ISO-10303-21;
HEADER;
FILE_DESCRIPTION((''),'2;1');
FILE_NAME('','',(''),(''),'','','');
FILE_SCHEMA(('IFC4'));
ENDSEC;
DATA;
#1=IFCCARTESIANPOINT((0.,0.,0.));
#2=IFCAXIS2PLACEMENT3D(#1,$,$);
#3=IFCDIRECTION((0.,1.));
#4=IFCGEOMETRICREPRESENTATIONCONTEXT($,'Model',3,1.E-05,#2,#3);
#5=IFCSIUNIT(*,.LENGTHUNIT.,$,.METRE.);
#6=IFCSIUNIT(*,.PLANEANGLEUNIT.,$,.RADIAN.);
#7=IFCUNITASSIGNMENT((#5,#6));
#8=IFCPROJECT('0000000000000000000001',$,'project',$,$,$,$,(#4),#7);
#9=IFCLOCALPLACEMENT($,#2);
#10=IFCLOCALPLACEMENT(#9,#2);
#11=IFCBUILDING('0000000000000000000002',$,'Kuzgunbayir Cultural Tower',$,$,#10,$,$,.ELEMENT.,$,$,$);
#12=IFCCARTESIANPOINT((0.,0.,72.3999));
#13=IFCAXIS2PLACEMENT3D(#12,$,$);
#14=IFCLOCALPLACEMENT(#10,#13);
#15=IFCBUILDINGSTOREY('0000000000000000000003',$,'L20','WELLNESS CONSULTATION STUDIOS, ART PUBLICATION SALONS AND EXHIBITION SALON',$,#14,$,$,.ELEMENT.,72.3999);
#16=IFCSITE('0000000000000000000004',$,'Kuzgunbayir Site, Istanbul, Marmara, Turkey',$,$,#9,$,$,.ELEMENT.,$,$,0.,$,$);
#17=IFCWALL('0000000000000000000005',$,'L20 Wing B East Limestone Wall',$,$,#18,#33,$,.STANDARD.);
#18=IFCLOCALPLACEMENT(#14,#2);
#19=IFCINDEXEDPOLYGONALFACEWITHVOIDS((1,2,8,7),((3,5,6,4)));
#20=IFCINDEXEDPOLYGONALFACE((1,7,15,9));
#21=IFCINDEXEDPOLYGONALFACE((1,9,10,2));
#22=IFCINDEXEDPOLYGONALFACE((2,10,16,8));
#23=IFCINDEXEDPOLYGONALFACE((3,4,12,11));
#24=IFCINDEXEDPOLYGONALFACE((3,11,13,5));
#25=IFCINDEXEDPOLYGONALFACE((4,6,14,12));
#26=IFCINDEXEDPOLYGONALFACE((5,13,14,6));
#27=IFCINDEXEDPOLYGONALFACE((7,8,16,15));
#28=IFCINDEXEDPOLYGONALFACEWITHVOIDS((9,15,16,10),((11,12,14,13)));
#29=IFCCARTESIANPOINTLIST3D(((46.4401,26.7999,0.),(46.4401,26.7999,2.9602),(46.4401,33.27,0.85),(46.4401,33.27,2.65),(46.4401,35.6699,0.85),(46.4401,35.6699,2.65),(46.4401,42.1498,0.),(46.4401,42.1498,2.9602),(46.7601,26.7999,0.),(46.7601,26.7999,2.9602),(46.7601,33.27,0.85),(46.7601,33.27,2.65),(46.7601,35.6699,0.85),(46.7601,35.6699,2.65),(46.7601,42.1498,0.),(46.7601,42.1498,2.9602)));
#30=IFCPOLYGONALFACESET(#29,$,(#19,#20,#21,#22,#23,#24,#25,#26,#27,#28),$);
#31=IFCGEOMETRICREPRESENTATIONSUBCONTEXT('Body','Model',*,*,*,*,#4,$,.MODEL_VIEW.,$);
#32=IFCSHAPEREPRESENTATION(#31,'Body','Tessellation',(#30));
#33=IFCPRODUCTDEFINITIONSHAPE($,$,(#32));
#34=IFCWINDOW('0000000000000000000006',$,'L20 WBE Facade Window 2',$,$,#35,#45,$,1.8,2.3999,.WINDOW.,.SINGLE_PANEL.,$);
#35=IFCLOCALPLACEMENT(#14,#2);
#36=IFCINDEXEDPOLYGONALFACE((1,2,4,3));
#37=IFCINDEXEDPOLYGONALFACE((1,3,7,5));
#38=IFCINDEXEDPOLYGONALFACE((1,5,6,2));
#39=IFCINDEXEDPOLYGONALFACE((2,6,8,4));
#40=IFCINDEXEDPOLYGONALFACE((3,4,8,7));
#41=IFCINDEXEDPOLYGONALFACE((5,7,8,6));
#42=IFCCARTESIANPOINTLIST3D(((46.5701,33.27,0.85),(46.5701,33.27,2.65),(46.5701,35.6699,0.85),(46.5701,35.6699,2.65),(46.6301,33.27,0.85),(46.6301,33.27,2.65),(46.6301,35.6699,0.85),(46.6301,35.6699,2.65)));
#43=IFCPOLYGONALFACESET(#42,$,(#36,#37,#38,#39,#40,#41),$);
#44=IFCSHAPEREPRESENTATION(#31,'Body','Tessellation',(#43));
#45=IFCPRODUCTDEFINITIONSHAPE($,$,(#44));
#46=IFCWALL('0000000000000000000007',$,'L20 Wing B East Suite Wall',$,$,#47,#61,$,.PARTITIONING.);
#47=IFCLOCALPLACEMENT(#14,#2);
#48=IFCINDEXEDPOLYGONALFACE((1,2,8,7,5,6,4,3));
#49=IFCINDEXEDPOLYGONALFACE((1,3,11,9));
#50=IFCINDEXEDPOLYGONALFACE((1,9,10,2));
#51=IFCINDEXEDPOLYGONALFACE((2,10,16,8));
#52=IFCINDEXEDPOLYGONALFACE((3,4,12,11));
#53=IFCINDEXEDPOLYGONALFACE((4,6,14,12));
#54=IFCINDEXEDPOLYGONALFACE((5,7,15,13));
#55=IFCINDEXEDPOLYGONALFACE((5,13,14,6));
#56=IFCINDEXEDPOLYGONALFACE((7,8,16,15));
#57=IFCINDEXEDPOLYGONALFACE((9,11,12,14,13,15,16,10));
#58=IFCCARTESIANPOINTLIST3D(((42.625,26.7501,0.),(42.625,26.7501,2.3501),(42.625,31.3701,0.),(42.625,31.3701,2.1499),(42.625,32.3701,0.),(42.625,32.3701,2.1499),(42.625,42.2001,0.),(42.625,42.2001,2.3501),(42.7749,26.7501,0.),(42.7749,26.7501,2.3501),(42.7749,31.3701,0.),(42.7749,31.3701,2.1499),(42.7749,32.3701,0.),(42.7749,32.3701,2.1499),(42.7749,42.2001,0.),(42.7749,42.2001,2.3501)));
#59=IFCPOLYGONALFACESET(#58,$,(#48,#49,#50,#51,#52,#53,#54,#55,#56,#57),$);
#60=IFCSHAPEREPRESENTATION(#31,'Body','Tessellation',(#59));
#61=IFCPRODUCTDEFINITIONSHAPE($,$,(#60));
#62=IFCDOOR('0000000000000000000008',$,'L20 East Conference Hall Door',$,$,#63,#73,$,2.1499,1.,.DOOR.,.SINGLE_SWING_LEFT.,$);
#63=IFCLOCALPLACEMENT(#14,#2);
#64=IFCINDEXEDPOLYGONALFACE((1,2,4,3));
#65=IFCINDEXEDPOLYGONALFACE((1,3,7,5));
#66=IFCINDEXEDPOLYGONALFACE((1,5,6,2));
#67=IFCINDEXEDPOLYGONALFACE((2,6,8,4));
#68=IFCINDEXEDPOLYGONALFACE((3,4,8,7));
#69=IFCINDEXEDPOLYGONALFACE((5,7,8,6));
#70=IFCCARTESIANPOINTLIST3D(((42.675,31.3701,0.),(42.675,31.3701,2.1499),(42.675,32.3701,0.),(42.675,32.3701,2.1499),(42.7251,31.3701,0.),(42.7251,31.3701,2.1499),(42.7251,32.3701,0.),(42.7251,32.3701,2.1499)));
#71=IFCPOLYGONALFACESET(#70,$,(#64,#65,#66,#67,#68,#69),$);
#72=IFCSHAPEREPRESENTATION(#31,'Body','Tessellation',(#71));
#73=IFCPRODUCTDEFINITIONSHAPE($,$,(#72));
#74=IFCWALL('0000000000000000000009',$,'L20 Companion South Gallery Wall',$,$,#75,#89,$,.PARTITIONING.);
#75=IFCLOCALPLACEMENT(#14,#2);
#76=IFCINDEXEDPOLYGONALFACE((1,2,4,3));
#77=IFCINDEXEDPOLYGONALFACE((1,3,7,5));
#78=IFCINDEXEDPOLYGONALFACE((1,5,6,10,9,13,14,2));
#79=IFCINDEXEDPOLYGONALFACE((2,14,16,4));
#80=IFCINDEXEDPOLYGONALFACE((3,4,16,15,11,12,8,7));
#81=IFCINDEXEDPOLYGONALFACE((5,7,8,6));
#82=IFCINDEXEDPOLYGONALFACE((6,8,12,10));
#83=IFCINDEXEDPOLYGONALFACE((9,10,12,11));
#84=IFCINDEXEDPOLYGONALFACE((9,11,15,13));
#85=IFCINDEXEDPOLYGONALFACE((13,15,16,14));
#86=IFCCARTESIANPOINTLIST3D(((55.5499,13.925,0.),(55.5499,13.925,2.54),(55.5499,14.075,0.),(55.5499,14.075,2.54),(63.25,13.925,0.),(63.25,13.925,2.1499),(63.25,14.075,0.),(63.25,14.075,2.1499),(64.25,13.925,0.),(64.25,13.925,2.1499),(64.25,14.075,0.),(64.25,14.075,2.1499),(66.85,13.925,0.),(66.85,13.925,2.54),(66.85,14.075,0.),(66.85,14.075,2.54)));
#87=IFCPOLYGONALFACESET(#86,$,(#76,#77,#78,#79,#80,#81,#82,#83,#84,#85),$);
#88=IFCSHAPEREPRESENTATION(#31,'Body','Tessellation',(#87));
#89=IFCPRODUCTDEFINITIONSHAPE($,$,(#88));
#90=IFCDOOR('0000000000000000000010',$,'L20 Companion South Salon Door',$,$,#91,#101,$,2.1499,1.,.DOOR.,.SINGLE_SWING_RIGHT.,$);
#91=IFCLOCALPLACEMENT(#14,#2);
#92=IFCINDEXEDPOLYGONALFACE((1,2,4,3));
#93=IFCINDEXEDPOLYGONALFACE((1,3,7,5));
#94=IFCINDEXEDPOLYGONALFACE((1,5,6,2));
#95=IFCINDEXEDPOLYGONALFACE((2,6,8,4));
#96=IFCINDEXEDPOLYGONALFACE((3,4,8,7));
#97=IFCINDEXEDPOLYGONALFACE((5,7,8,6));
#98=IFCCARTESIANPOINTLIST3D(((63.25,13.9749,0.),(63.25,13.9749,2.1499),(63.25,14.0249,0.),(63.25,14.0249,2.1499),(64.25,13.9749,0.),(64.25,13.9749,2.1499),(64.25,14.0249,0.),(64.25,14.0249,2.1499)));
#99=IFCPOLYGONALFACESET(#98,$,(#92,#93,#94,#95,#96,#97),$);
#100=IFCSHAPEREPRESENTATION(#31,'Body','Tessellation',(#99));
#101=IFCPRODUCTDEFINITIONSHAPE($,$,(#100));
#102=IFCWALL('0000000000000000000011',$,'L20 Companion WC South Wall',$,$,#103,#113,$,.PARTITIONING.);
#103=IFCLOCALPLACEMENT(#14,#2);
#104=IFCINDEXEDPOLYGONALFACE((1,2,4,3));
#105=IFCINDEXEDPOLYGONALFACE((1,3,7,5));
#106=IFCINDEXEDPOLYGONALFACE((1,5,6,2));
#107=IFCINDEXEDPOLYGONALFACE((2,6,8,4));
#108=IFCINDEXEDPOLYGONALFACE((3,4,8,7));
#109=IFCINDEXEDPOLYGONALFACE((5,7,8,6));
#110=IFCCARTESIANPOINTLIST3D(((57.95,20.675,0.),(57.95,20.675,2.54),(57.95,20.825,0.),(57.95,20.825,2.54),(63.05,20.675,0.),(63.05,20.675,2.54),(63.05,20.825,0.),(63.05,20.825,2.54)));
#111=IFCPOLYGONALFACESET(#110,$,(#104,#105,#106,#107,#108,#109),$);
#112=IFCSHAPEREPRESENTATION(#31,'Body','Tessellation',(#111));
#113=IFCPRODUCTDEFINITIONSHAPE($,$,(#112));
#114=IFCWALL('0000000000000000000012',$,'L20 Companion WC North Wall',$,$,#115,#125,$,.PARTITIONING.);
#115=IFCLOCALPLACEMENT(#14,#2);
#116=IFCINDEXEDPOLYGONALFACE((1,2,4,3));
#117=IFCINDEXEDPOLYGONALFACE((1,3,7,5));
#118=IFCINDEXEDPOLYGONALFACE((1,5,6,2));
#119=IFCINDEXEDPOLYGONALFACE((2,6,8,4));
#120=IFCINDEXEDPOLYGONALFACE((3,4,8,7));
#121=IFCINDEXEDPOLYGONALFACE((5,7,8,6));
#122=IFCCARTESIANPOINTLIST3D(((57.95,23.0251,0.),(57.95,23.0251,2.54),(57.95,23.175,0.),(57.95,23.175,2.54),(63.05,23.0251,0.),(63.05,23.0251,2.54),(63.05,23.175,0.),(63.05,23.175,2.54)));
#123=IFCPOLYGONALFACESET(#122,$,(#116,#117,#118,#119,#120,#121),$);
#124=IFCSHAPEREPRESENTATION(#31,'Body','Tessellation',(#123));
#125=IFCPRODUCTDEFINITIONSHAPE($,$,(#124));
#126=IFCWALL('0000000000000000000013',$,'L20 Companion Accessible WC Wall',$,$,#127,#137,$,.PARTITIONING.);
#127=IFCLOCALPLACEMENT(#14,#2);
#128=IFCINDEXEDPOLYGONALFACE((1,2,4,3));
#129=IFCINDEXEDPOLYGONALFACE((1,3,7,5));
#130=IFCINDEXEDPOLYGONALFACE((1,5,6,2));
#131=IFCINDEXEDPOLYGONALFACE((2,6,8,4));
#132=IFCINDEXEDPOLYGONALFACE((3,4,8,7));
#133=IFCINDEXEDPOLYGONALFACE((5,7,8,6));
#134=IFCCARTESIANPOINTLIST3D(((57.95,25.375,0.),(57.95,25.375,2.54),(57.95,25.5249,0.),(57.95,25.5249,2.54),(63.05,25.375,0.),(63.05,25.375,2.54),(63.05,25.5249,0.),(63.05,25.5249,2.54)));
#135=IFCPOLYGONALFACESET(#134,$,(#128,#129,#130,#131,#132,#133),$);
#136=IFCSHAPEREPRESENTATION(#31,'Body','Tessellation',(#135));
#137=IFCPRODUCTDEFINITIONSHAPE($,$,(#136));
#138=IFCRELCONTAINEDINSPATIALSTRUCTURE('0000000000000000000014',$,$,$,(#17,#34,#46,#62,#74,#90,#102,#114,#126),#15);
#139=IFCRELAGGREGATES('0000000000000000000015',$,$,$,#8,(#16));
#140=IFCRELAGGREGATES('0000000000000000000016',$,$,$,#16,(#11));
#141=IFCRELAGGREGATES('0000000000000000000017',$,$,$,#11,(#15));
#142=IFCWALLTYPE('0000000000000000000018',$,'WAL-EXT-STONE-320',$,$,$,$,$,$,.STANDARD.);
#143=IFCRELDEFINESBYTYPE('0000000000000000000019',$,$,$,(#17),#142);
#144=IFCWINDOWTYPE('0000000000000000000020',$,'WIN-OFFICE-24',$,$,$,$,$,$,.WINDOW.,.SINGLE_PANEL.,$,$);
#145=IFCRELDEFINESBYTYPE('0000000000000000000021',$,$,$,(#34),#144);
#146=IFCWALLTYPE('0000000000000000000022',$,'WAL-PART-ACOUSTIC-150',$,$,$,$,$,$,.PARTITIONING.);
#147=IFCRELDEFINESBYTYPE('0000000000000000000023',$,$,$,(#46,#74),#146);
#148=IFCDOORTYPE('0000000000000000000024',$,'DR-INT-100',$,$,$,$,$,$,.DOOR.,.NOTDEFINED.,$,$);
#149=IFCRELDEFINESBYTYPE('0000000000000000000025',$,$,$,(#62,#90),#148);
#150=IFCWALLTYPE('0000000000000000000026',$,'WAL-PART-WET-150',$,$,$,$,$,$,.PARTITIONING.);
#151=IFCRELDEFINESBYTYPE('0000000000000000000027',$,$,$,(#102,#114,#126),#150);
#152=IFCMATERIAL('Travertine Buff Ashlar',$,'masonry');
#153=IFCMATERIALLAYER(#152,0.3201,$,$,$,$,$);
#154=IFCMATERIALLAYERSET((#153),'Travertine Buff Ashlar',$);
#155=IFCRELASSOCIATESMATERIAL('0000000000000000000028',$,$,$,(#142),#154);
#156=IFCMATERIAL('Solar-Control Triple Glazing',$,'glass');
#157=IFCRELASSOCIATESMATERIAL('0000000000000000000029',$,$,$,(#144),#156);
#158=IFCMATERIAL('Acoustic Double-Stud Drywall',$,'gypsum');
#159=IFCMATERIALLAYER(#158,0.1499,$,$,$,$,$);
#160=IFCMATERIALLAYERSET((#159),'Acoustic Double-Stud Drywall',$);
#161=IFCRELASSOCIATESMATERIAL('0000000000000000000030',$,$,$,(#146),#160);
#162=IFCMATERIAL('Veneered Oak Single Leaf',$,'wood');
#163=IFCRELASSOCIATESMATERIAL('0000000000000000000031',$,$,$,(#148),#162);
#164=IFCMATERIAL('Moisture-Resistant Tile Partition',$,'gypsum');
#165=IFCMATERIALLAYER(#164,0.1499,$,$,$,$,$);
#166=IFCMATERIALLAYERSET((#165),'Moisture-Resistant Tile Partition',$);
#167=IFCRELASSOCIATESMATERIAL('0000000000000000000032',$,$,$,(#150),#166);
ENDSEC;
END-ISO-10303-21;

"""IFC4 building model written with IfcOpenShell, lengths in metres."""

from ifc_helpers import new_model, si_unit, direction, frame, frame_2d, origin, place, context, subcontext, project, spatial, rectangle, extrude, material, layer, layer_set, type_object, element, fill, save


model = new_model("IFC4")

# Units and contexts
model_context = context("Model", 3, precision=1e-05, world=origin(), true_north=direction((0.0, 1.0)))
body_context = subcontext(model_context, "Body", "Model", "MODEL_VIEW")
ifc_project = project(units=[si_unit("LENGTHUNIT", "METRE"), si_unit("PLANEANGLEUNIT", "RADIAN")], contexts=[model_context])

# Site, building, storey
site_placement = place(None, origin())
site = spatial("IfcSite", under=ifc_project, at=site_placement, Name="Kuzgunbayir Site, Istanbul, Marmara, Turkey", CompositionType="ELEMENT", RefElevation=0.0)
building_placement = place(site_placement, origin())
building = spatial("IfcBuilding", under=site, at=building_placement, Name="Kuzgunbayir Cultural Tower", CompositionType="ELEMENT")
storey_placement = place(building_placement, frame((0.0, 0.0, 72.3999)))
storey = spatial("IfcBuildingStorey", under=building, at=storey_placement, Name="L20", Description="WELLNESS CONSULTATION STUDIOS, ART PUBLICATION SALONS AND EXHIBITION SALON", CompositionType="ELEMENT", Elevation=72.3999)

# Shared definitions
ifc_material_1 = material(Name="Solar-Control Triple Glazing", Category="glass")

# Wall, opening, window
ifc_material_2 = material(Name="Travertine Buff Ashlar", Category="masonry")
ifc_layer_1 = layer(ifc_material_2, 0.3201)
ifc_layer_set_1 = layer_set([ifc_layer_1], Name="Travertine Buff Ashlar")
wall_type_1 = type_object("IfcWallType", Name="WAL-EXT-STONE-320", PredefinedType="STANDARD", material=ifc_layer_set_1)
wall_1_placement = place(storey_placement, frame((46.6001, 26.8, 0.0), z_axis=(0.0, 0.0, 1.0), x_axis=(0.0, 1.0, 0.0)))
wall_1 = element("IfcWall", 1, at=wall_1_placement, inside=storey, type_object=wall_type_1, Name="L20 Wing B East Limestone Wall", PredefinedType="STANDARD", context=body_context, shape_type="SweptSolid", body=[
    extrude(rectangle(XDim=15.3499, YDim=0.3201, at=frame_2d((7.6748, 0.0))), origin(), (0.0, 0.0, 1.0), 2.9602),
])
opening_1_placement = place(wall_1_placement, frame((6.47, 0.0, 0.8501)))
opening_1 = element("IfcOpeningElement", 2, at=opening_1_placement, cuts=wall_1, PredefinedType="OPENING", context=body_context, shape_type="SweptSolid", body=[
    extrude(rectangle(XDim=2.3999, YDim=1.8, at=frame_2d((1.2, 0.8999))), frame((0.0, 0.1699, 0.0), z_axis=(0.0, -1.0, 0.0), x_axis=(1.0, 0.0, 0.0)), (0.0, 0.0, 1.0), 0.3401),
])
window_type_1 = type_object("IfcWindowType", Name="WIN-OFFICE-24", PartitioningType="SINGLE_PANEL", PredefinedType="WINDOW", material=ifc_material_1)
window_1_placement = place(opening_1_placement, origin())
window_1 = element("IfcWindow", 3, at=window_1_placement, inside=storey, type_object=window_type_1, Name="L20 WBE Facade Window 2", OverallHeight=1.8, OverallWidth=2.3999, PartitioningType="SINGLE_PANEL", PredefinedType="WINDOW", context=body_context, shape_type="SweptSolid", body=[
    extrude(rectangle(XDim=2.3999, YDim=1.8, at=frame_2d((1.2, 0.8999))), frame((0.0, 0.03, 0.0), z_axis=(0.0, -1.0, 0.0), x_axis=(1.0, 0.0, 0.0)), (0.0, 0.0, 1.0), 0.0601),
])
fill(opening_1, window_1)

# Walls, openings, doors
ifc_material_3 = material(Name="Acoustic Double-Stud Drywall", Category="gypsum")
ifc_layer_2 = layer(ifc_material_3, 0.1499)
ifc_layer_set_2 = layer_set([ifc_layer_2], Name="Acoustic Double-Stud Drywall")
wall_type_2 = type_object("IfcWallType", Name="WAL-PART-ACOUSTIC-150", PredefinedType="PARTITIONING", material=ifc_layer_set_2)
wall_2_placement = place(storey_placement, frame((42.7, 26.75, 0.0), z_axis=(0.0, 0.0, 1.0), x_axis=(0.0, 1.0, 0.0)))
wall_2 = element("IfcWall", 4, at=wall_2_placement, inside=storey, type_object=wall_type_2, Name="L20 Wing B East Suite Wall", PredefinedType="PARTITIONING", context=body_context, shape_type="SweptSolid", body=[
    extrude(rectangle(XDim=15.45, YDim=0.1499, at=frame_2d((7.7251, 0.0))), origin(), (0.0, 0.0, 1.0), 2.3501),
])
opening_2_placement = place(wall_2_placement, frame((4.6201, 0.0, 0.0)))
opening_2 = element("IfcOpeningElement", 5, at=opening_2_placement, cuts=wall_2, PredefinedType="OPENING", context=body_context, shape_type="SweptSolid", body=[
    extrude(rectangle(XDim=1.0, YDim=2.1499, at=frame_2d((0.5, 1.075))), frame((0.0, 0.085, 0.0), z_axis=(0.0, -1.0, 0.0), x_axis=(1.0, 0.0, 0.0)), (0.0, 0.0, 1.0), 0.1699),
])
ifc_material_4 = material(Name="Veneered Oak Single Leaf", Category="wood")
door_type = type_object("IfcDoorType", Name="DR-INT-100", OperationType="NOTDEFINED", PredefinedType="DOOR", material=ifc_material_4)
door_1_placement = place(opening_2_placement, origin())
door_1 = element("IfcDoor", 6, at=door_1_placement, inside=storey, type_object=door_type, Name="L20 East Conference Hall Door", OperationType="SINGLE_SWING_LEFT", OverallHeight=2.1499, OverallWidth=1.0, PredefinedType="DOOR", context=body_context, shape_type="SweptSolid", body=[
    extrude(rectangle(XDim=1.0, YDim=2.1499, at=frame_2d((0.5, 1.075))), frame((0.0, 0.0249, 0.0), z_axis=(0.0, -1.0, 0.0), x_axis=(1.0, 0.0, 0.0)), (0.0, 0.0, 1.0), 0.05),
])
fill(opening_2, door_1)
wall_3_placement = place(storey_placement, frame((55.55, 14.0, 0.0), z_axis=(0.0, 0.0, 1.0), x_axis=(1.0, 0.0, 0.0)))
wall_3 = element("IfcWall", 7, at=wall_3_placement, inside=storey, type_object=wall_type_2, Name="L20 Companion South Gallery Wall", PredefinedType="PARTITIONING", context=body_context, shape_type="SweptSolid", body=[
    extrude(rectangle(XDim=11.3, YDim=0.1499, at=frame_2d((5.6499, 0.0))), origin(), (0.0, 0.0, 1.0), 2.54),
])
opening_3_placement = place(wall_3_placement, frame((7.7, 0.0, 0.0)))
opening_3 = element("IfcOpeningElement", 8, at=opening_3_placement, cuts=wall_3, PredefinedType="OPENING", context=body_context, shape_type="SweptSolid", body=[
    extrude(rectangle(XDim=1.0, YDim=2.1499, at=frame_2d((0.5, 1.075))), frame((0.0, 0.085, 0.0), z_axis=(0.0, -1.0, 0.0), x_axis=(1.0, 0.0, 0.0)), (0.0, 0.0, 1.0), 0.1699),
])
door_2_placement = place(opening_3_placement, origin())
door_2 = element("IfcDoor", 9, at=door_2_placement, inside=storey, type_object=door_type, Name="L20 Companion South Salon Door", OperationType="SINGLE_SWING_RIGHT", OverallHeight=2.1499, OverallWidth=1.0, PredefinedType="DOOR", context=body_context, shape_type="SweptSolid", body=[
    extrude(rectangle(XDim=1.0, YDim=2.1499, at=frame_2d((0.5, 1.075))), frame((0.0, 0.0249, 0.0), z_axis=(0.0, -1.0, 0.0), x_axis=(1.0, 0.0, 0.0)), (0.0, 0.0, 1.0), 0.05),
])
fill(opening_3, door_2)

# Walls
ifc_material_5 = material(Name="Moisture-Resistant Tile Partition", Category="gypsum")
ifc_layer_3 = layer(ifc_material_5, 0.1499)
ifc_layer_set_3 = layer_set([ifc_layer_3], Name="Moisture-Resistant Tile Partition")
wall_type_3 = type_object("IfcWallType", Name="WAL-PART-WET-150", PredefinedType="PARTITIONING", material=ifc_layer_set_3)
for number, where, z_axis, x_axis, name in (
    (10, (57.95, 20.75, 0.0), (0.0, 0.0, 1.0), (1.0, 0.0, 0.0), "L20 Companion WC South Wall"),
    (11, (57.95, 23.1001, 0.0), (0.0, 0.0, 1.0), (1.0, 0.0, 0.0), "L20 Companion WC North Wall"),
    (12, (57.95, 25.45, 0.0), (0.0, 0.0, 1.0), (1.0, 0.0, 0.0), "L20 Companion Accessible WC Wall"),
):
    element("IfcWall", number, at=place(storey_placement, frame(where, z_axis=z_axis, x_axis=x_axis)), inside=storey, type_object=wall_type_3, Name=name, PredefinedType="PARTITIONING", context=body_context, shape_type="SweptSolid", body=[
        extrude(rectangle(XDim=5.1001, YDim=0.1499, at=frame_2d((2.55, 0.0))), origin(), (0.0, 0.0, 1.0), 2.54),
    ])

save(model, "model.ifc")
